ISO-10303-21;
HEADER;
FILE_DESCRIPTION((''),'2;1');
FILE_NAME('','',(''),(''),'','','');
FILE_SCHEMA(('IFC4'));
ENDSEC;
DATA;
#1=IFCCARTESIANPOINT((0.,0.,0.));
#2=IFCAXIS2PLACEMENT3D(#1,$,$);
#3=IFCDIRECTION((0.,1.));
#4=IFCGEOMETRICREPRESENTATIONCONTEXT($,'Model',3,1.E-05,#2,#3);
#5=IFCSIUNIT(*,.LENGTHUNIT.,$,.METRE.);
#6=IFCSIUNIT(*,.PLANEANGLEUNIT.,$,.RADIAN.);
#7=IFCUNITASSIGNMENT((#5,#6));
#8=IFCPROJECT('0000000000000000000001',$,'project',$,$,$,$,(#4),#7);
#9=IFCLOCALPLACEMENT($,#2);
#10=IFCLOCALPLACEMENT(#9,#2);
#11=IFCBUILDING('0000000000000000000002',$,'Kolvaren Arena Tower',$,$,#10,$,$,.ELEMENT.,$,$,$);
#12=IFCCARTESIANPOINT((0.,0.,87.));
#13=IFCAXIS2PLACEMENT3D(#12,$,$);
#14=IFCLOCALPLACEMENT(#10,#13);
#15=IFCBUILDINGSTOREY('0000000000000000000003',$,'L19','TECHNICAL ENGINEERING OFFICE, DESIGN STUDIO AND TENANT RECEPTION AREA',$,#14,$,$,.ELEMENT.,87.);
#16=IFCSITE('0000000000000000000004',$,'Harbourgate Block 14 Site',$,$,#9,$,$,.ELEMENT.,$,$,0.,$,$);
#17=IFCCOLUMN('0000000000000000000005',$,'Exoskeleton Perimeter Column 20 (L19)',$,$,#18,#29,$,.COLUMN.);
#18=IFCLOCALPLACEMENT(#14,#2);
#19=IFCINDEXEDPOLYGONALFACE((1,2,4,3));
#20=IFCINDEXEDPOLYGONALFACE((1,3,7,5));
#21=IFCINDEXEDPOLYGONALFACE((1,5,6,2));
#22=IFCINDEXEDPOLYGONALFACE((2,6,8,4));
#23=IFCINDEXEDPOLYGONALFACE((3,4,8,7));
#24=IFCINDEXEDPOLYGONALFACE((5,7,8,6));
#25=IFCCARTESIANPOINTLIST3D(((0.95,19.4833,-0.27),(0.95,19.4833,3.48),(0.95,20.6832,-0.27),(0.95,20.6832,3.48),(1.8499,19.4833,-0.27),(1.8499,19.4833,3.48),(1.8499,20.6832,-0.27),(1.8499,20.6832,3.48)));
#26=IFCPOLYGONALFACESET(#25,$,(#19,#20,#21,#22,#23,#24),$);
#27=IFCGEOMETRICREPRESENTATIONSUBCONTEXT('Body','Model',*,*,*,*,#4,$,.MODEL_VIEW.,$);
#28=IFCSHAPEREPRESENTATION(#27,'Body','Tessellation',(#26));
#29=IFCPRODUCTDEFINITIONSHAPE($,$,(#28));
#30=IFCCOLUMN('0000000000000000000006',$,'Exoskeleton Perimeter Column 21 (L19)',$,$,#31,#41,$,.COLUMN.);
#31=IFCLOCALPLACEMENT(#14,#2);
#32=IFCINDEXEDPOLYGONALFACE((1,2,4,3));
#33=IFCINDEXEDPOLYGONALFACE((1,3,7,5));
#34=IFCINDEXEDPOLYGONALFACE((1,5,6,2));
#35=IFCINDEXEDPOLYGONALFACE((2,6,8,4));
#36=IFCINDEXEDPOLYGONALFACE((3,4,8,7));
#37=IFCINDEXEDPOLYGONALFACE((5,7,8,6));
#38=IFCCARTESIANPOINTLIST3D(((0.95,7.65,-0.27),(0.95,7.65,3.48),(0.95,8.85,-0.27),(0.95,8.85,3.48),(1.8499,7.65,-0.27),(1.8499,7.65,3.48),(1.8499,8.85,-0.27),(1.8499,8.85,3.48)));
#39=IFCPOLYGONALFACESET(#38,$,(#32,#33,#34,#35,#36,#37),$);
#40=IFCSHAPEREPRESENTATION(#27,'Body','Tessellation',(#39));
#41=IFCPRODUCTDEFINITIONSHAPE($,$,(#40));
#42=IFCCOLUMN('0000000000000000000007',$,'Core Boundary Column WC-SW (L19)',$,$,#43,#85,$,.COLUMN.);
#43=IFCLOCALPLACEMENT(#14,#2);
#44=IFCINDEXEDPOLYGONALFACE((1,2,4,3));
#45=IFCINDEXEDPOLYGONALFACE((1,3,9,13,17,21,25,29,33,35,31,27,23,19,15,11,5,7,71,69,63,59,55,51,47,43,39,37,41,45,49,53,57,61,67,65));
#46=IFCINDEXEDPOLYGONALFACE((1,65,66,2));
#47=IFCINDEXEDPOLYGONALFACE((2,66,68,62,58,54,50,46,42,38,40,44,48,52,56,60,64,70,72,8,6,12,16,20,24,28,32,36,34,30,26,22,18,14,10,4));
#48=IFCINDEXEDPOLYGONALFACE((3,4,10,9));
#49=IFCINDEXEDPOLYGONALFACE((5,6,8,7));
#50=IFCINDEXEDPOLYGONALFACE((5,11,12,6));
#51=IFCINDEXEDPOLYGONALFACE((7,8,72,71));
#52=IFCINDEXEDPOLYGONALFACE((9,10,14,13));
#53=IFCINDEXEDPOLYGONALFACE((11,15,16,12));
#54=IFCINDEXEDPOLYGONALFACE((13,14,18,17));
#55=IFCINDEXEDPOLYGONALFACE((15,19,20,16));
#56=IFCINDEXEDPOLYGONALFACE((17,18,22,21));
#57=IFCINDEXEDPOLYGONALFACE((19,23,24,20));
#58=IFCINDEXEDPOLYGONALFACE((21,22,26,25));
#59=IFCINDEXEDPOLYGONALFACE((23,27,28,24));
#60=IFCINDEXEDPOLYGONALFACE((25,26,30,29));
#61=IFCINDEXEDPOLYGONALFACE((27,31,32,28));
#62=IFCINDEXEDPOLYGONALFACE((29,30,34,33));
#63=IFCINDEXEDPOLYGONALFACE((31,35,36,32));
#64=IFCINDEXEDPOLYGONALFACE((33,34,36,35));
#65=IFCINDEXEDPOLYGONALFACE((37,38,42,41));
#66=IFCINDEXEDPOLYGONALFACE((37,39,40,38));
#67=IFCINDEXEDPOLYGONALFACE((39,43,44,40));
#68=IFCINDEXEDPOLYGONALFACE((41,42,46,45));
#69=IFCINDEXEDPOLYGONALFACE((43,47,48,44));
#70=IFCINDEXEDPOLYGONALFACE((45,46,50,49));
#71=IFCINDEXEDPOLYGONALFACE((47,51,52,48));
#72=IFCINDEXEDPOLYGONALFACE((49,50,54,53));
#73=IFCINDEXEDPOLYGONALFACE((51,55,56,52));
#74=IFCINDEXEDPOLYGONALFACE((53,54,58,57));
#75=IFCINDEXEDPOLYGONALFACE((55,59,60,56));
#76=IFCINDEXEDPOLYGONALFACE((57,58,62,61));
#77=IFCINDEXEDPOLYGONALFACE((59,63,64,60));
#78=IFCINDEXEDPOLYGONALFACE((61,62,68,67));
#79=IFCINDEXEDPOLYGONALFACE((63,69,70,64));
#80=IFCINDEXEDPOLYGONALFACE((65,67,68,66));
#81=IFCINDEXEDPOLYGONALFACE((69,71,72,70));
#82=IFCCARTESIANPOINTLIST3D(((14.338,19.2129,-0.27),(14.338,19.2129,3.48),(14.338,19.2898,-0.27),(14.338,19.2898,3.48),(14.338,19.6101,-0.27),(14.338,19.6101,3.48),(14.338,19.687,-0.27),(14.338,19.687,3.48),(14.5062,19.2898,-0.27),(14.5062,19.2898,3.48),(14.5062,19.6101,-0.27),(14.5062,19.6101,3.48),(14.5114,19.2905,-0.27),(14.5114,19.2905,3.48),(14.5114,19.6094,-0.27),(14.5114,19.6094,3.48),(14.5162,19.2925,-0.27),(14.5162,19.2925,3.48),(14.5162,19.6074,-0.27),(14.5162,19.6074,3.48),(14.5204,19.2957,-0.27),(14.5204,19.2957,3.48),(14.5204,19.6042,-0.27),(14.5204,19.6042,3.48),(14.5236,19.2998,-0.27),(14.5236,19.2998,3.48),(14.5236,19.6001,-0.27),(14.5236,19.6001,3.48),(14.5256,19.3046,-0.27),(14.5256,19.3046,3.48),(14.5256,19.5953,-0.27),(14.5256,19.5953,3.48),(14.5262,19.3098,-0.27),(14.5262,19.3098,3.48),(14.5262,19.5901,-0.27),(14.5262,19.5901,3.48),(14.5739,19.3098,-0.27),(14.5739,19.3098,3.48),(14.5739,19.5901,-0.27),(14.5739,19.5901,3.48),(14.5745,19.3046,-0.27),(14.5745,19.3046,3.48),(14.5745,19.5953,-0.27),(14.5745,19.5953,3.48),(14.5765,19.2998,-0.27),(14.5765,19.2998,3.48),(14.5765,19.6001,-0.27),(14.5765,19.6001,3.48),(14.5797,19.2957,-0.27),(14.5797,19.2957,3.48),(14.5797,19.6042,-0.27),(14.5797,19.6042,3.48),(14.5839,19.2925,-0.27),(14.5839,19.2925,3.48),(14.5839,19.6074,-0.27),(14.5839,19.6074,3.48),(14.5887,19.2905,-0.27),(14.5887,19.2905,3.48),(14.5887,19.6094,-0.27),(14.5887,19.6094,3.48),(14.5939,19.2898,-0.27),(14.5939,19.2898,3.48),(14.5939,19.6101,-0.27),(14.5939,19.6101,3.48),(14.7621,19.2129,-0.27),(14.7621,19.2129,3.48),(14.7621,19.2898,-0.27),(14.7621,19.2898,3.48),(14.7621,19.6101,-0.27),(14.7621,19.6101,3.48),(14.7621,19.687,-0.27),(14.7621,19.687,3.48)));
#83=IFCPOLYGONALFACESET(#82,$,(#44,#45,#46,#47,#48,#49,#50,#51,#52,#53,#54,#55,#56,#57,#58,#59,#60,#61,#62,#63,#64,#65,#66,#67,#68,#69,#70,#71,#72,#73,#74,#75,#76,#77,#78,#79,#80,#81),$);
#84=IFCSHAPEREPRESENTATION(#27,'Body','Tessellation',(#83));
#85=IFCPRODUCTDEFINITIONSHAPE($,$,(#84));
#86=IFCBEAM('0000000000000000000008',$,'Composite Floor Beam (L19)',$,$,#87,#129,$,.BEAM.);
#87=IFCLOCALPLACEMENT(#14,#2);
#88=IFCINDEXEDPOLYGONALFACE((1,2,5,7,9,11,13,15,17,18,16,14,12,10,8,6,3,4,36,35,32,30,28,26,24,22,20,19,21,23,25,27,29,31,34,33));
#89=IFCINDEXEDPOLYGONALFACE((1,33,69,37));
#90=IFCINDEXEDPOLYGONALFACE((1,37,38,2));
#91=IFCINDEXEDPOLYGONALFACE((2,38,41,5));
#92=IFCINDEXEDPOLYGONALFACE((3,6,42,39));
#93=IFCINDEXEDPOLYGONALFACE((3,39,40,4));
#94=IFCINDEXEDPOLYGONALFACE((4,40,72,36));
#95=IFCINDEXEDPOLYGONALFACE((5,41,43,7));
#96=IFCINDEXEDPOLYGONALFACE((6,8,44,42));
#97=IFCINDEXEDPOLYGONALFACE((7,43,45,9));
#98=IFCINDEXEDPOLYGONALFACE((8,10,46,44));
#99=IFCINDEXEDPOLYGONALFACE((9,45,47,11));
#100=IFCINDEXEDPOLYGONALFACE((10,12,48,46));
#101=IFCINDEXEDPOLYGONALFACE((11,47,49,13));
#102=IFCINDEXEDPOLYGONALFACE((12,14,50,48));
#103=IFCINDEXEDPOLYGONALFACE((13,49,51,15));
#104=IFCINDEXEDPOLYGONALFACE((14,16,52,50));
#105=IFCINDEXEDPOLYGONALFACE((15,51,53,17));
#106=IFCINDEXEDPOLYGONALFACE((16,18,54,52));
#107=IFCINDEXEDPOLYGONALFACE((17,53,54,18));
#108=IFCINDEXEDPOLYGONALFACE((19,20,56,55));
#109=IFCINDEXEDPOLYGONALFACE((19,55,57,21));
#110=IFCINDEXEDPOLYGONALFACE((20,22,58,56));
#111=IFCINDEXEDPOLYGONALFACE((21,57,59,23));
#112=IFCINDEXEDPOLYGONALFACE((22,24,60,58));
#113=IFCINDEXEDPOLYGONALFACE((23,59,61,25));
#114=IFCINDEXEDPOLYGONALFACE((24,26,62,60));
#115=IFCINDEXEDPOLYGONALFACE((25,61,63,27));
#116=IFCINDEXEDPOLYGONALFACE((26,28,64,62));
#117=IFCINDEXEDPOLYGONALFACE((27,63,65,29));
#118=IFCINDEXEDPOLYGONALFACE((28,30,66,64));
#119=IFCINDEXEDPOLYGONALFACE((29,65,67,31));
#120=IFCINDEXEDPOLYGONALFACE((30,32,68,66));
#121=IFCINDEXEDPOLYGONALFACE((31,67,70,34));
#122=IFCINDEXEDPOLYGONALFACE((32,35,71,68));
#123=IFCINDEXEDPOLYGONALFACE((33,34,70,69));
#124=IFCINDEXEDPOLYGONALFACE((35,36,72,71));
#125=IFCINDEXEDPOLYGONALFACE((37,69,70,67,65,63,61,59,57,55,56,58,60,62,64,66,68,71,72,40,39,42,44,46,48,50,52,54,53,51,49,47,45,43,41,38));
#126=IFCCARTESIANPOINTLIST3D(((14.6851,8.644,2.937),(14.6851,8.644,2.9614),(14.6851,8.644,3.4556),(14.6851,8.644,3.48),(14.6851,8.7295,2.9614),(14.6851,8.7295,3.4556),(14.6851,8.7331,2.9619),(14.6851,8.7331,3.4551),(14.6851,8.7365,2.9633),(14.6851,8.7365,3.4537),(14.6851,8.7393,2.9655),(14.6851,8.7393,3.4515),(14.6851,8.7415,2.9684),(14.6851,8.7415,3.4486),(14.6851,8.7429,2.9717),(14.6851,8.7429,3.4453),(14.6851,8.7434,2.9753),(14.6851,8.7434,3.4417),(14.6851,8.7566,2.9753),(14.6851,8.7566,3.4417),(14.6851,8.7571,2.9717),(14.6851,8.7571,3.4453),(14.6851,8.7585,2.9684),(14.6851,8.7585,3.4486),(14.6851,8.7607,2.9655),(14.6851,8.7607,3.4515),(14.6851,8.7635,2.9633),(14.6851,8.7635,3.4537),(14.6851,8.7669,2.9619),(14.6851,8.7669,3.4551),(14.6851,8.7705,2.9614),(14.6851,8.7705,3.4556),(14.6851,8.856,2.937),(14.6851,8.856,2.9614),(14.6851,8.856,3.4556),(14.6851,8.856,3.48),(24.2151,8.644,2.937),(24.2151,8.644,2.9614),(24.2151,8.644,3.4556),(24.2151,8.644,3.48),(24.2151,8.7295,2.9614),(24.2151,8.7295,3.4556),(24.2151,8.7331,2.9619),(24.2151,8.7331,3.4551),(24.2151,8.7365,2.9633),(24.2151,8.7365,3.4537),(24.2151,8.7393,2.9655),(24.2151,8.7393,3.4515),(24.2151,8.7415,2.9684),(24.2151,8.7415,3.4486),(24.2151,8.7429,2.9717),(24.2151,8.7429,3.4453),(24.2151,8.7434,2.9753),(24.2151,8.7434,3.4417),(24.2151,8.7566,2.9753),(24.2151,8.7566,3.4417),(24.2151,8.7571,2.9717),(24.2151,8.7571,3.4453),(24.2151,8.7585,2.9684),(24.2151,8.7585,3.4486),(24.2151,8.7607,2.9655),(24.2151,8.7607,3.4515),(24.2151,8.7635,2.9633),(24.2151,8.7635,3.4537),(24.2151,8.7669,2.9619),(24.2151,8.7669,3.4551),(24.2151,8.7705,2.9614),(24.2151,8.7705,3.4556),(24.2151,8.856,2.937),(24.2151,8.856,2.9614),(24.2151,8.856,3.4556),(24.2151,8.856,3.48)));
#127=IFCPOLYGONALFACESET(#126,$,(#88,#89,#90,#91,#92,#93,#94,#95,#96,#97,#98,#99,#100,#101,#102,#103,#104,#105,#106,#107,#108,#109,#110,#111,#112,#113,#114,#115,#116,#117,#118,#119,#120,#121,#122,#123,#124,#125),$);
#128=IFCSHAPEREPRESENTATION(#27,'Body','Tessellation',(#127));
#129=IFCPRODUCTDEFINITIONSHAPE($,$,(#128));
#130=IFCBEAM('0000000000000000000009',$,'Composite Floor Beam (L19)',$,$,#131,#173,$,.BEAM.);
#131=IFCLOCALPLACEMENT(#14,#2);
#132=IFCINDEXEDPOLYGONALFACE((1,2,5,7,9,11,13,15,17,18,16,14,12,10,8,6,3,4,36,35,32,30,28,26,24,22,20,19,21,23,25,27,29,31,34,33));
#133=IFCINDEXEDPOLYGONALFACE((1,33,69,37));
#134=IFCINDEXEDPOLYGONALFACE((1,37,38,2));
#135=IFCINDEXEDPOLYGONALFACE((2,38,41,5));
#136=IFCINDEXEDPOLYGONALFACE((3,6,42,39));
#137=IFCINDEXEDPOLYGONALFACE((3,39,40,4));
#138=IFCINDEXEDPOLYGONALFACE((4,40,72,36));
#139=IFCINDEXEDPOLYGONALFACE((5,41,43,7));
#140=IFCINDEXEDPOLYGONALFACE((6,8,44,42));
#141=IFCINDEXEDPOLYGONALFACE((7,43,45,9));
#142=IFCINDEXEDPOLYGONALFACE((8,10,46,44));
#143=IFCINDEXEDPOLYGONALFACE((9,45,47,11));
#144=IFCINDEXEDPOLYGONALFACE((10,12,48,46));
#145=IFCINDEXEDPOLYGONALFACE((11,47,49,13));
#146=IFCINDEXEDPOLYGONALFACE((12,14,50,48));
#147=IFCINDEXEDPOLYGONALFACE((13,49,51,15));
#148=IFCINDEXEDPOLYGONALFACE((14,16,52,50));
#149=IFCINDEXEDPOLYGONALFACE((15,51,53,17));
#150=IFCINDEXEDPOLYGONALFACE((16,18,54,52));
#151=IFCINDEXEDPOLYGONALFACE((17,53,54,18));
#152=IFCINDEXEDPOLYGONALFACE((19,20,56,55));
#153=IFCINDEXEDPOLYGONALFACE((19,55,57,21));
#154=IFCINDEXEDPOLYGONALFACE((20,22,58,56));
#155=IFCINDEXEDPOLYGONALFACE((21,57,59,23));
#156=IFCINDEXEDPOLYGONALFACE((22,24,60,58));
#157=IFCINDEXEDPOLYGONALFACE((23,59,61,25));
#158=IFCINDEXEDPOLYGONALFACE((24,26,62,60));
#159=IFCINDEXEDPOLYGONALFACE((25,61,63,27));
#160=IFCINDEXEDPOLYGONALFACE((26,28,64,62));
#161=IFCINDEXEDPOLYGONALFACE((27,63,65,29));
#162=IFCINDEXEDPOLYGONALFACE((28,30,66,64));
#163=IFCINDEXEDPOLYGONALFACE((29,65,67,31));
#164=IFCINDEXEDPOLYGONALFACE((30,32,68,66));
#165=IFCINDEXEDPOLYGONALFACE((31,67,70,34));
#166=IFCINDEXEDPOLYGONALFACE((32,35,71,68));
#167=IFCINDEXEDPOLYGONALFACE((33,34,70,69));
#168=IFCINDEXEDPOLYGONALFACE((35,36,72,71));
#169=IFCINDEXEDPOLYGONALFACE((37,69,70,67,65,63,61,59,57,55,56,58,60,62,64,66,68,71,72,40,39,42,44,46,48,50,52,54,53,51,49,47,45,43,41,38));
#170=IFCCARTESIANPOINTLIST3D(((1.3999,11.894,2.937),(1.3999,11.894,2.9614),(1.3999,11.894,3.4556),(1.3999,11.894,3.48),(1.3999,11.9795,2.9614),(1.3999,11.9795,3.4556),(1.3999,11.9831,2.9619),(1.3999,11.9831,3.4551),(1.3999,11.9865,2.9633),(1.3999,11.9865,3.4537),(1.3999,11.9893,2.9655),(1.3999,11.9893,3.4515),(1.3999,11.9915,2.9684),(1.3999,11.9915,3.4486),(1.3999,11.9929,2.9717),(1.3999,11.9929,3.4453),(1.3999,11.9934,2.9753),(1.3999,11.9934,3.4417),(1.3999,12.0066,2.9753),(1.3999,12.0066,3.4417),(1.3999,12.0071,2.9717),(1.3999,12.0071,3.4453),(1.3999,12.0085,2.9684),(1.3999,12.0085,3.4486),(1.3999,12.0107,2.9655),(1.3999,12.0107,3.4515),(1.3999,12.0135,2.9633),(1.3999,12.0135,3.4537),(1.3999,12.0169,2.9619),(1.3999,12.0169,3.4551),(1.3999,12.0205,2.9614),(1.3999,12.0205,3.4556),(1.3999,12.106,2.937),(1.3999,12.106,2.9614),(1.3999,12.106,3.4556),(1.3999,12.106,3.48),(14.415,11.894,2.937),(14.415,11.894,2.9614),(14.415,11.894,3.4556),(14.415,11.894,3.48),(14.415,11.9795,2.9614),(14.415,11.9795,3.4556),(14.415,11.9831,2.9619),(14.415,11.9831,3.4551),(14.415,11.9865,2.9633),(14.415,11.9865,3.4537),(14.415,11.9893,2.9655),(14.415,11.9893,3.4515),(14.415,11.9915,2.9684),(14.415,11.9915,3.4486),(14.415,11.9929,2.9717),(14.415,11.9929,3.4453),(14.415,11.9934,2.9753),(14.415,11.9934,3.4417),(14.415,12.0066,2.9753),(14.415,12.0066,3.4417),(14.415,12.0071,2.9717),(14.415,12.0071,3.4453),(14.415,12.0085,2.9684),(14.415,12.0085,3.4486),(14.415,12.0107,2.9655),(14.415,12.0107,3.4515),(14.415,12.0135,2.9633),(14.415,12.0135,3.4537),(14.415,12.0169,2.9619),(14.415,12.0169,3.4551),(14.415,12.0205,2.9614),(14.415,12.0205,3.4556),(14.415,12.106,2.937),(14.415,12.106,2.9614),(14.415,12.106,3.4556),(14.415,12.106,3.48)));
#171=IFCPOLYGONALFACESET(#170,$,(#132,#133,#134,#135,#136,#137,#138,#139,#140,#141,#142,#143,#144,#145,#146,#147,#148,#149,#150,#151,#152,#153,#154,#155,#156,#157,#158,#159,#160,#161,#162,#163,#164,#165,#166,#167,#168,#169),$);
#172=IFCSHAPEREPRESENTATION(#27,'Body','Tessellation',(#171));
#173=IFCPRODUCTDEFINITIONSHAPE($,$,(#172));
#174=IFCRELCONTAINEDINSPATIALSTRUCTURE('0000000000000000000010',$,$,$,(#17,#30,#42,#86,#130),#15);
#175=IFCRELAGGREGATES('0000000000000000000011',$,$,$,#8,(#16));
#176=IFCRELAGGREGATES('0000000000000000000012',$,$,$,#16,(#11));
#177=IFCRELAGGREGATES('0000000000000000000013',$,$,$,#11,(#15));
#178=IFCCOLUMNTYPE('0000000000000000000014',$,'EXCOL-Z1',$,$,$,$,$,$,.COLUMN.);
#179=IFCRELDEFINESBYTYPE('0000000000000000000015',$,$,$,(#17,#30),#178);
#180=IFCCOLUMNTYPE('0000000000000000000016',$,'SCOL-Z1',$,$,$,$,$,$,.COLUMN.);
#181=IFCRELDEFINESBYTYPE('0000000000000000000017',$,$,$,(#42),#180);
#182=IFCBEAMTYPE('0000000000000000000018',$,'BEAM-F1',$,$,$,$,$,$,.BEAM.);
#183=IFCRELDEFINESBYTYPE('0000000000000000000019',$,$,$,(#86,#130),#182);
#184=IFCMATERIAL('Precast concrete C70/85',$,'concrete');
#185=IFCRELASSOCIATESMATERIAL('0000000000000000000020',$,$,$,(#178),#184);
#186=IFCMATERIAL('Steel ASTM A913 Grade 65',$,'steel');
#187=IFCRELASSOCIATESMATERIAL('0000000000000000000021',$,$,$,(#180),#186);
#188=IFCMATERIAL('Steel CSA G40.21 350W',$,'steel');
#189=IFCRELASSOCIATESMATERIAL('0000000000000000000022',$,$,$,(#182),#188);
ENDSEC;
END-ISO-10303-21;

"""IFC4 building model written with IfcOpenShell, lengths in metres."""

from ifc_helpers import new_model, si_unit, direction, frame, origin, origin_2d, place, context, subcontext, project, spatial, rectangle, i_section, extrude, material, material_profile, profile_set, type_object, element, save


model = new_model("IFC4")

# Units and contexts
model_context = context("Model", 3, precision=1e-05, world=origin(), true_north=direction((0.0, 1.0)))
body_context = subcontext(model_context, "Body", "Model", "MODEL_VIEW")
ifc_project = project(units=[si_unit("LENGTHUNIT", "METRE"), si_unit("PLANEANGLEUNIT", "RADIAN")], contexts=[model_context])

# Site, building, storey
site_placement = place(None, origin())
site = spatial("IfcSite", under=ifc_project, at=site_placement, Name="Harbourgate Block 14 Site", CompositionType="ELEMENT", RefElevation=0.0)
building_placement = place(site_placement, origin())
building = spatial("IfcBuilding", under=site, at=building_placement, Name="Kolvaren Arena Tower", CompositionType="ELEMENT")
storey_placement = place(building_placement, frame((0.0, 0.0, 87.0)))
storey = spatial("IfcBuildingStorey", under=building, at=storey_placement, Name="L19", Description="TECHNICAL ENGINEERING OFFICE, DESIGN STUDIO AND TENANT RECEPTION AREA", CompositionType="ELEMENT", Elevation=87.0)

# Columns
ifc_material_1 = material(Name="Precast concrete C70/85", Category="concrete")
ifc_material_profile_1 = material_profile(ifc_material_1, rectangle(XDim=1.2, YDim=0.8999, at=origin_2d()), Name="RC-1200x900")
ifc_profile_set_1 = profile_set([ifc_material_profile_1], Name="Precast concrete C70/85")
column_type_1 = type_object("IfcColumnType", Name="EXCOL-Z1", PredefinedType="COLUMN", material=ifc_profile_set_1)
for number, where, z_axis, x_axis, name in (
    (1, (1.3999, 20.0833, -0.27), (0.0, 0.0, 1.0), (0.0, 1.0, 0.0), "Exoskeleton Perimeter Column 20 (L19)"),
    (2, (1.3999, 8.25, -0.27), (0.0, 0.0, 1.0), (0.0, 1.0, 0.0), "Exoskeleton Perimeter Column 21 (L19)"),
):
    element("IfcColumn", number, at=place(storey_placement, frame(where, z_axis=z_axis, x_axis=x_axis)), inside=storey, type_object=column_type_1, Name=name, PredefinedType="COLUMN", context=body_context, shape_type="SweptSolid", body=[
        extrude(rectangle(XDim=1.2, YDim=0.8999, at=origin_2d()), origin(), (0.0, 0.0, 1.0), 3.75),
    ])
ifc_material_2 = material(Name="Steel ASTM A913 Grade 65", Category="steel")
ifc_material_profile_2 = material_profile(ifc_material_2, i_section(OverallWidth=0.4241, OverallDepth=0.4741, WebThickness=0.0476, FlangeThickness=0.0769, FilletRadius=0.02, at=origin_2d()), Name="W360x634")
ifc_profile_set_2 = profile_set([ifc_material_profile_2], Name="Steel ASTM A913 Grade 65")
column_type_2 = type_object("IfcColumnType", Name="SCOL-Z1", PredefinedType="COLUMN", material=ifc_profile_set_2)
column_placement = place(storey_placement, frame((14.55, 19.45, -0.27), z_axis=(0.0, 0.0, 1.0), x_axis=(1.0, 0.0, 0.0)))
element("IfcColumn", 3, at=column_placement, inside=storey, type_object=column_type_2, Name="Core Boundary Column WC-SW (L19)", PredefinedType="COLUMN", context=body_context, shape_type="SweptSolid", body=[
    extrude(i_section(OverallWidth=0.4241, OverallDepth=0.4741, WebThickness=0.0476, FlangeThickness=0.0769, FilletRadius=0.02, at=origin_2d()), origin(), (0.0, 0.0, 1.0), 3.75),
])

# Beams
ifc_material_3 = material(Name="Steel CSA G40.21 350W", Category="steel")
ifc_material_profile_3 = material_profile(ifc_material_3, i_section(OverallWidth=0.2119, OverallDepth=0.543, WebThickness=0.0132, FlangeThickness=0.0244, FilletRadius=0.0139, at=origin_2d()), Name="W530x150")
ifc_profile_set_3 = profile_set([ifc_material_profile_3], Name="Steel CSA G40.21 350W")
beam_type_1 = type_object("IfcBeamType", Name="BEAM-F1", PredefinedType="BEAM", material=ifc_profile_set_3)
beam_1_placement = place(storey_placement, frame((14.6851, 8.75, 3.2085), z_axis=(1.0, 0.0, 0.0), x_axis=(0.0, 1.0, 0.0)))
element("IfcBeam", 4, at=beam_1_placement, inside=storey, type_object=beam_type_1, Name="Composite Floor Beam (L19)", PredefinedType="BEAM", context=body_context, shape_type="SweptSolid", body=[
    extrude(i_section(OverallWidth=0.2119, OverallDepth=0.543, WebThickness=0.0132, FlangeThickness=0.0244, FilletRadius=0.0139, at=origin_2d()), origin(), (0.0, 0.0, 1.0), 9.53),
])
beam_2_placement = place(storey_placement, frame((1.3999, 12.0, 3.2085), z_axis=(1.0, 0.0, 0.0), x_axis=(0.0, 1.0, 0.0)))
element("IfcBeam", 5, at=beam_2_placement, inside=storey, type_object=beam_type_1, Name="Composite Floor Beam (L19)", PredefinedType="BEAM", context=body_context, shape_type="SweptSolid", body=[
    extrude(i_section(OverallWidth=0.2119, OverallDepth=0.543, WebThickness=0.0132, FlangeThickness=0.0244, FilletRadius=0.0139, at=origin_2d()), origin(), (0.0, 0.0, 1.0), 13.0151),
])

save(model, "model.ifc")
